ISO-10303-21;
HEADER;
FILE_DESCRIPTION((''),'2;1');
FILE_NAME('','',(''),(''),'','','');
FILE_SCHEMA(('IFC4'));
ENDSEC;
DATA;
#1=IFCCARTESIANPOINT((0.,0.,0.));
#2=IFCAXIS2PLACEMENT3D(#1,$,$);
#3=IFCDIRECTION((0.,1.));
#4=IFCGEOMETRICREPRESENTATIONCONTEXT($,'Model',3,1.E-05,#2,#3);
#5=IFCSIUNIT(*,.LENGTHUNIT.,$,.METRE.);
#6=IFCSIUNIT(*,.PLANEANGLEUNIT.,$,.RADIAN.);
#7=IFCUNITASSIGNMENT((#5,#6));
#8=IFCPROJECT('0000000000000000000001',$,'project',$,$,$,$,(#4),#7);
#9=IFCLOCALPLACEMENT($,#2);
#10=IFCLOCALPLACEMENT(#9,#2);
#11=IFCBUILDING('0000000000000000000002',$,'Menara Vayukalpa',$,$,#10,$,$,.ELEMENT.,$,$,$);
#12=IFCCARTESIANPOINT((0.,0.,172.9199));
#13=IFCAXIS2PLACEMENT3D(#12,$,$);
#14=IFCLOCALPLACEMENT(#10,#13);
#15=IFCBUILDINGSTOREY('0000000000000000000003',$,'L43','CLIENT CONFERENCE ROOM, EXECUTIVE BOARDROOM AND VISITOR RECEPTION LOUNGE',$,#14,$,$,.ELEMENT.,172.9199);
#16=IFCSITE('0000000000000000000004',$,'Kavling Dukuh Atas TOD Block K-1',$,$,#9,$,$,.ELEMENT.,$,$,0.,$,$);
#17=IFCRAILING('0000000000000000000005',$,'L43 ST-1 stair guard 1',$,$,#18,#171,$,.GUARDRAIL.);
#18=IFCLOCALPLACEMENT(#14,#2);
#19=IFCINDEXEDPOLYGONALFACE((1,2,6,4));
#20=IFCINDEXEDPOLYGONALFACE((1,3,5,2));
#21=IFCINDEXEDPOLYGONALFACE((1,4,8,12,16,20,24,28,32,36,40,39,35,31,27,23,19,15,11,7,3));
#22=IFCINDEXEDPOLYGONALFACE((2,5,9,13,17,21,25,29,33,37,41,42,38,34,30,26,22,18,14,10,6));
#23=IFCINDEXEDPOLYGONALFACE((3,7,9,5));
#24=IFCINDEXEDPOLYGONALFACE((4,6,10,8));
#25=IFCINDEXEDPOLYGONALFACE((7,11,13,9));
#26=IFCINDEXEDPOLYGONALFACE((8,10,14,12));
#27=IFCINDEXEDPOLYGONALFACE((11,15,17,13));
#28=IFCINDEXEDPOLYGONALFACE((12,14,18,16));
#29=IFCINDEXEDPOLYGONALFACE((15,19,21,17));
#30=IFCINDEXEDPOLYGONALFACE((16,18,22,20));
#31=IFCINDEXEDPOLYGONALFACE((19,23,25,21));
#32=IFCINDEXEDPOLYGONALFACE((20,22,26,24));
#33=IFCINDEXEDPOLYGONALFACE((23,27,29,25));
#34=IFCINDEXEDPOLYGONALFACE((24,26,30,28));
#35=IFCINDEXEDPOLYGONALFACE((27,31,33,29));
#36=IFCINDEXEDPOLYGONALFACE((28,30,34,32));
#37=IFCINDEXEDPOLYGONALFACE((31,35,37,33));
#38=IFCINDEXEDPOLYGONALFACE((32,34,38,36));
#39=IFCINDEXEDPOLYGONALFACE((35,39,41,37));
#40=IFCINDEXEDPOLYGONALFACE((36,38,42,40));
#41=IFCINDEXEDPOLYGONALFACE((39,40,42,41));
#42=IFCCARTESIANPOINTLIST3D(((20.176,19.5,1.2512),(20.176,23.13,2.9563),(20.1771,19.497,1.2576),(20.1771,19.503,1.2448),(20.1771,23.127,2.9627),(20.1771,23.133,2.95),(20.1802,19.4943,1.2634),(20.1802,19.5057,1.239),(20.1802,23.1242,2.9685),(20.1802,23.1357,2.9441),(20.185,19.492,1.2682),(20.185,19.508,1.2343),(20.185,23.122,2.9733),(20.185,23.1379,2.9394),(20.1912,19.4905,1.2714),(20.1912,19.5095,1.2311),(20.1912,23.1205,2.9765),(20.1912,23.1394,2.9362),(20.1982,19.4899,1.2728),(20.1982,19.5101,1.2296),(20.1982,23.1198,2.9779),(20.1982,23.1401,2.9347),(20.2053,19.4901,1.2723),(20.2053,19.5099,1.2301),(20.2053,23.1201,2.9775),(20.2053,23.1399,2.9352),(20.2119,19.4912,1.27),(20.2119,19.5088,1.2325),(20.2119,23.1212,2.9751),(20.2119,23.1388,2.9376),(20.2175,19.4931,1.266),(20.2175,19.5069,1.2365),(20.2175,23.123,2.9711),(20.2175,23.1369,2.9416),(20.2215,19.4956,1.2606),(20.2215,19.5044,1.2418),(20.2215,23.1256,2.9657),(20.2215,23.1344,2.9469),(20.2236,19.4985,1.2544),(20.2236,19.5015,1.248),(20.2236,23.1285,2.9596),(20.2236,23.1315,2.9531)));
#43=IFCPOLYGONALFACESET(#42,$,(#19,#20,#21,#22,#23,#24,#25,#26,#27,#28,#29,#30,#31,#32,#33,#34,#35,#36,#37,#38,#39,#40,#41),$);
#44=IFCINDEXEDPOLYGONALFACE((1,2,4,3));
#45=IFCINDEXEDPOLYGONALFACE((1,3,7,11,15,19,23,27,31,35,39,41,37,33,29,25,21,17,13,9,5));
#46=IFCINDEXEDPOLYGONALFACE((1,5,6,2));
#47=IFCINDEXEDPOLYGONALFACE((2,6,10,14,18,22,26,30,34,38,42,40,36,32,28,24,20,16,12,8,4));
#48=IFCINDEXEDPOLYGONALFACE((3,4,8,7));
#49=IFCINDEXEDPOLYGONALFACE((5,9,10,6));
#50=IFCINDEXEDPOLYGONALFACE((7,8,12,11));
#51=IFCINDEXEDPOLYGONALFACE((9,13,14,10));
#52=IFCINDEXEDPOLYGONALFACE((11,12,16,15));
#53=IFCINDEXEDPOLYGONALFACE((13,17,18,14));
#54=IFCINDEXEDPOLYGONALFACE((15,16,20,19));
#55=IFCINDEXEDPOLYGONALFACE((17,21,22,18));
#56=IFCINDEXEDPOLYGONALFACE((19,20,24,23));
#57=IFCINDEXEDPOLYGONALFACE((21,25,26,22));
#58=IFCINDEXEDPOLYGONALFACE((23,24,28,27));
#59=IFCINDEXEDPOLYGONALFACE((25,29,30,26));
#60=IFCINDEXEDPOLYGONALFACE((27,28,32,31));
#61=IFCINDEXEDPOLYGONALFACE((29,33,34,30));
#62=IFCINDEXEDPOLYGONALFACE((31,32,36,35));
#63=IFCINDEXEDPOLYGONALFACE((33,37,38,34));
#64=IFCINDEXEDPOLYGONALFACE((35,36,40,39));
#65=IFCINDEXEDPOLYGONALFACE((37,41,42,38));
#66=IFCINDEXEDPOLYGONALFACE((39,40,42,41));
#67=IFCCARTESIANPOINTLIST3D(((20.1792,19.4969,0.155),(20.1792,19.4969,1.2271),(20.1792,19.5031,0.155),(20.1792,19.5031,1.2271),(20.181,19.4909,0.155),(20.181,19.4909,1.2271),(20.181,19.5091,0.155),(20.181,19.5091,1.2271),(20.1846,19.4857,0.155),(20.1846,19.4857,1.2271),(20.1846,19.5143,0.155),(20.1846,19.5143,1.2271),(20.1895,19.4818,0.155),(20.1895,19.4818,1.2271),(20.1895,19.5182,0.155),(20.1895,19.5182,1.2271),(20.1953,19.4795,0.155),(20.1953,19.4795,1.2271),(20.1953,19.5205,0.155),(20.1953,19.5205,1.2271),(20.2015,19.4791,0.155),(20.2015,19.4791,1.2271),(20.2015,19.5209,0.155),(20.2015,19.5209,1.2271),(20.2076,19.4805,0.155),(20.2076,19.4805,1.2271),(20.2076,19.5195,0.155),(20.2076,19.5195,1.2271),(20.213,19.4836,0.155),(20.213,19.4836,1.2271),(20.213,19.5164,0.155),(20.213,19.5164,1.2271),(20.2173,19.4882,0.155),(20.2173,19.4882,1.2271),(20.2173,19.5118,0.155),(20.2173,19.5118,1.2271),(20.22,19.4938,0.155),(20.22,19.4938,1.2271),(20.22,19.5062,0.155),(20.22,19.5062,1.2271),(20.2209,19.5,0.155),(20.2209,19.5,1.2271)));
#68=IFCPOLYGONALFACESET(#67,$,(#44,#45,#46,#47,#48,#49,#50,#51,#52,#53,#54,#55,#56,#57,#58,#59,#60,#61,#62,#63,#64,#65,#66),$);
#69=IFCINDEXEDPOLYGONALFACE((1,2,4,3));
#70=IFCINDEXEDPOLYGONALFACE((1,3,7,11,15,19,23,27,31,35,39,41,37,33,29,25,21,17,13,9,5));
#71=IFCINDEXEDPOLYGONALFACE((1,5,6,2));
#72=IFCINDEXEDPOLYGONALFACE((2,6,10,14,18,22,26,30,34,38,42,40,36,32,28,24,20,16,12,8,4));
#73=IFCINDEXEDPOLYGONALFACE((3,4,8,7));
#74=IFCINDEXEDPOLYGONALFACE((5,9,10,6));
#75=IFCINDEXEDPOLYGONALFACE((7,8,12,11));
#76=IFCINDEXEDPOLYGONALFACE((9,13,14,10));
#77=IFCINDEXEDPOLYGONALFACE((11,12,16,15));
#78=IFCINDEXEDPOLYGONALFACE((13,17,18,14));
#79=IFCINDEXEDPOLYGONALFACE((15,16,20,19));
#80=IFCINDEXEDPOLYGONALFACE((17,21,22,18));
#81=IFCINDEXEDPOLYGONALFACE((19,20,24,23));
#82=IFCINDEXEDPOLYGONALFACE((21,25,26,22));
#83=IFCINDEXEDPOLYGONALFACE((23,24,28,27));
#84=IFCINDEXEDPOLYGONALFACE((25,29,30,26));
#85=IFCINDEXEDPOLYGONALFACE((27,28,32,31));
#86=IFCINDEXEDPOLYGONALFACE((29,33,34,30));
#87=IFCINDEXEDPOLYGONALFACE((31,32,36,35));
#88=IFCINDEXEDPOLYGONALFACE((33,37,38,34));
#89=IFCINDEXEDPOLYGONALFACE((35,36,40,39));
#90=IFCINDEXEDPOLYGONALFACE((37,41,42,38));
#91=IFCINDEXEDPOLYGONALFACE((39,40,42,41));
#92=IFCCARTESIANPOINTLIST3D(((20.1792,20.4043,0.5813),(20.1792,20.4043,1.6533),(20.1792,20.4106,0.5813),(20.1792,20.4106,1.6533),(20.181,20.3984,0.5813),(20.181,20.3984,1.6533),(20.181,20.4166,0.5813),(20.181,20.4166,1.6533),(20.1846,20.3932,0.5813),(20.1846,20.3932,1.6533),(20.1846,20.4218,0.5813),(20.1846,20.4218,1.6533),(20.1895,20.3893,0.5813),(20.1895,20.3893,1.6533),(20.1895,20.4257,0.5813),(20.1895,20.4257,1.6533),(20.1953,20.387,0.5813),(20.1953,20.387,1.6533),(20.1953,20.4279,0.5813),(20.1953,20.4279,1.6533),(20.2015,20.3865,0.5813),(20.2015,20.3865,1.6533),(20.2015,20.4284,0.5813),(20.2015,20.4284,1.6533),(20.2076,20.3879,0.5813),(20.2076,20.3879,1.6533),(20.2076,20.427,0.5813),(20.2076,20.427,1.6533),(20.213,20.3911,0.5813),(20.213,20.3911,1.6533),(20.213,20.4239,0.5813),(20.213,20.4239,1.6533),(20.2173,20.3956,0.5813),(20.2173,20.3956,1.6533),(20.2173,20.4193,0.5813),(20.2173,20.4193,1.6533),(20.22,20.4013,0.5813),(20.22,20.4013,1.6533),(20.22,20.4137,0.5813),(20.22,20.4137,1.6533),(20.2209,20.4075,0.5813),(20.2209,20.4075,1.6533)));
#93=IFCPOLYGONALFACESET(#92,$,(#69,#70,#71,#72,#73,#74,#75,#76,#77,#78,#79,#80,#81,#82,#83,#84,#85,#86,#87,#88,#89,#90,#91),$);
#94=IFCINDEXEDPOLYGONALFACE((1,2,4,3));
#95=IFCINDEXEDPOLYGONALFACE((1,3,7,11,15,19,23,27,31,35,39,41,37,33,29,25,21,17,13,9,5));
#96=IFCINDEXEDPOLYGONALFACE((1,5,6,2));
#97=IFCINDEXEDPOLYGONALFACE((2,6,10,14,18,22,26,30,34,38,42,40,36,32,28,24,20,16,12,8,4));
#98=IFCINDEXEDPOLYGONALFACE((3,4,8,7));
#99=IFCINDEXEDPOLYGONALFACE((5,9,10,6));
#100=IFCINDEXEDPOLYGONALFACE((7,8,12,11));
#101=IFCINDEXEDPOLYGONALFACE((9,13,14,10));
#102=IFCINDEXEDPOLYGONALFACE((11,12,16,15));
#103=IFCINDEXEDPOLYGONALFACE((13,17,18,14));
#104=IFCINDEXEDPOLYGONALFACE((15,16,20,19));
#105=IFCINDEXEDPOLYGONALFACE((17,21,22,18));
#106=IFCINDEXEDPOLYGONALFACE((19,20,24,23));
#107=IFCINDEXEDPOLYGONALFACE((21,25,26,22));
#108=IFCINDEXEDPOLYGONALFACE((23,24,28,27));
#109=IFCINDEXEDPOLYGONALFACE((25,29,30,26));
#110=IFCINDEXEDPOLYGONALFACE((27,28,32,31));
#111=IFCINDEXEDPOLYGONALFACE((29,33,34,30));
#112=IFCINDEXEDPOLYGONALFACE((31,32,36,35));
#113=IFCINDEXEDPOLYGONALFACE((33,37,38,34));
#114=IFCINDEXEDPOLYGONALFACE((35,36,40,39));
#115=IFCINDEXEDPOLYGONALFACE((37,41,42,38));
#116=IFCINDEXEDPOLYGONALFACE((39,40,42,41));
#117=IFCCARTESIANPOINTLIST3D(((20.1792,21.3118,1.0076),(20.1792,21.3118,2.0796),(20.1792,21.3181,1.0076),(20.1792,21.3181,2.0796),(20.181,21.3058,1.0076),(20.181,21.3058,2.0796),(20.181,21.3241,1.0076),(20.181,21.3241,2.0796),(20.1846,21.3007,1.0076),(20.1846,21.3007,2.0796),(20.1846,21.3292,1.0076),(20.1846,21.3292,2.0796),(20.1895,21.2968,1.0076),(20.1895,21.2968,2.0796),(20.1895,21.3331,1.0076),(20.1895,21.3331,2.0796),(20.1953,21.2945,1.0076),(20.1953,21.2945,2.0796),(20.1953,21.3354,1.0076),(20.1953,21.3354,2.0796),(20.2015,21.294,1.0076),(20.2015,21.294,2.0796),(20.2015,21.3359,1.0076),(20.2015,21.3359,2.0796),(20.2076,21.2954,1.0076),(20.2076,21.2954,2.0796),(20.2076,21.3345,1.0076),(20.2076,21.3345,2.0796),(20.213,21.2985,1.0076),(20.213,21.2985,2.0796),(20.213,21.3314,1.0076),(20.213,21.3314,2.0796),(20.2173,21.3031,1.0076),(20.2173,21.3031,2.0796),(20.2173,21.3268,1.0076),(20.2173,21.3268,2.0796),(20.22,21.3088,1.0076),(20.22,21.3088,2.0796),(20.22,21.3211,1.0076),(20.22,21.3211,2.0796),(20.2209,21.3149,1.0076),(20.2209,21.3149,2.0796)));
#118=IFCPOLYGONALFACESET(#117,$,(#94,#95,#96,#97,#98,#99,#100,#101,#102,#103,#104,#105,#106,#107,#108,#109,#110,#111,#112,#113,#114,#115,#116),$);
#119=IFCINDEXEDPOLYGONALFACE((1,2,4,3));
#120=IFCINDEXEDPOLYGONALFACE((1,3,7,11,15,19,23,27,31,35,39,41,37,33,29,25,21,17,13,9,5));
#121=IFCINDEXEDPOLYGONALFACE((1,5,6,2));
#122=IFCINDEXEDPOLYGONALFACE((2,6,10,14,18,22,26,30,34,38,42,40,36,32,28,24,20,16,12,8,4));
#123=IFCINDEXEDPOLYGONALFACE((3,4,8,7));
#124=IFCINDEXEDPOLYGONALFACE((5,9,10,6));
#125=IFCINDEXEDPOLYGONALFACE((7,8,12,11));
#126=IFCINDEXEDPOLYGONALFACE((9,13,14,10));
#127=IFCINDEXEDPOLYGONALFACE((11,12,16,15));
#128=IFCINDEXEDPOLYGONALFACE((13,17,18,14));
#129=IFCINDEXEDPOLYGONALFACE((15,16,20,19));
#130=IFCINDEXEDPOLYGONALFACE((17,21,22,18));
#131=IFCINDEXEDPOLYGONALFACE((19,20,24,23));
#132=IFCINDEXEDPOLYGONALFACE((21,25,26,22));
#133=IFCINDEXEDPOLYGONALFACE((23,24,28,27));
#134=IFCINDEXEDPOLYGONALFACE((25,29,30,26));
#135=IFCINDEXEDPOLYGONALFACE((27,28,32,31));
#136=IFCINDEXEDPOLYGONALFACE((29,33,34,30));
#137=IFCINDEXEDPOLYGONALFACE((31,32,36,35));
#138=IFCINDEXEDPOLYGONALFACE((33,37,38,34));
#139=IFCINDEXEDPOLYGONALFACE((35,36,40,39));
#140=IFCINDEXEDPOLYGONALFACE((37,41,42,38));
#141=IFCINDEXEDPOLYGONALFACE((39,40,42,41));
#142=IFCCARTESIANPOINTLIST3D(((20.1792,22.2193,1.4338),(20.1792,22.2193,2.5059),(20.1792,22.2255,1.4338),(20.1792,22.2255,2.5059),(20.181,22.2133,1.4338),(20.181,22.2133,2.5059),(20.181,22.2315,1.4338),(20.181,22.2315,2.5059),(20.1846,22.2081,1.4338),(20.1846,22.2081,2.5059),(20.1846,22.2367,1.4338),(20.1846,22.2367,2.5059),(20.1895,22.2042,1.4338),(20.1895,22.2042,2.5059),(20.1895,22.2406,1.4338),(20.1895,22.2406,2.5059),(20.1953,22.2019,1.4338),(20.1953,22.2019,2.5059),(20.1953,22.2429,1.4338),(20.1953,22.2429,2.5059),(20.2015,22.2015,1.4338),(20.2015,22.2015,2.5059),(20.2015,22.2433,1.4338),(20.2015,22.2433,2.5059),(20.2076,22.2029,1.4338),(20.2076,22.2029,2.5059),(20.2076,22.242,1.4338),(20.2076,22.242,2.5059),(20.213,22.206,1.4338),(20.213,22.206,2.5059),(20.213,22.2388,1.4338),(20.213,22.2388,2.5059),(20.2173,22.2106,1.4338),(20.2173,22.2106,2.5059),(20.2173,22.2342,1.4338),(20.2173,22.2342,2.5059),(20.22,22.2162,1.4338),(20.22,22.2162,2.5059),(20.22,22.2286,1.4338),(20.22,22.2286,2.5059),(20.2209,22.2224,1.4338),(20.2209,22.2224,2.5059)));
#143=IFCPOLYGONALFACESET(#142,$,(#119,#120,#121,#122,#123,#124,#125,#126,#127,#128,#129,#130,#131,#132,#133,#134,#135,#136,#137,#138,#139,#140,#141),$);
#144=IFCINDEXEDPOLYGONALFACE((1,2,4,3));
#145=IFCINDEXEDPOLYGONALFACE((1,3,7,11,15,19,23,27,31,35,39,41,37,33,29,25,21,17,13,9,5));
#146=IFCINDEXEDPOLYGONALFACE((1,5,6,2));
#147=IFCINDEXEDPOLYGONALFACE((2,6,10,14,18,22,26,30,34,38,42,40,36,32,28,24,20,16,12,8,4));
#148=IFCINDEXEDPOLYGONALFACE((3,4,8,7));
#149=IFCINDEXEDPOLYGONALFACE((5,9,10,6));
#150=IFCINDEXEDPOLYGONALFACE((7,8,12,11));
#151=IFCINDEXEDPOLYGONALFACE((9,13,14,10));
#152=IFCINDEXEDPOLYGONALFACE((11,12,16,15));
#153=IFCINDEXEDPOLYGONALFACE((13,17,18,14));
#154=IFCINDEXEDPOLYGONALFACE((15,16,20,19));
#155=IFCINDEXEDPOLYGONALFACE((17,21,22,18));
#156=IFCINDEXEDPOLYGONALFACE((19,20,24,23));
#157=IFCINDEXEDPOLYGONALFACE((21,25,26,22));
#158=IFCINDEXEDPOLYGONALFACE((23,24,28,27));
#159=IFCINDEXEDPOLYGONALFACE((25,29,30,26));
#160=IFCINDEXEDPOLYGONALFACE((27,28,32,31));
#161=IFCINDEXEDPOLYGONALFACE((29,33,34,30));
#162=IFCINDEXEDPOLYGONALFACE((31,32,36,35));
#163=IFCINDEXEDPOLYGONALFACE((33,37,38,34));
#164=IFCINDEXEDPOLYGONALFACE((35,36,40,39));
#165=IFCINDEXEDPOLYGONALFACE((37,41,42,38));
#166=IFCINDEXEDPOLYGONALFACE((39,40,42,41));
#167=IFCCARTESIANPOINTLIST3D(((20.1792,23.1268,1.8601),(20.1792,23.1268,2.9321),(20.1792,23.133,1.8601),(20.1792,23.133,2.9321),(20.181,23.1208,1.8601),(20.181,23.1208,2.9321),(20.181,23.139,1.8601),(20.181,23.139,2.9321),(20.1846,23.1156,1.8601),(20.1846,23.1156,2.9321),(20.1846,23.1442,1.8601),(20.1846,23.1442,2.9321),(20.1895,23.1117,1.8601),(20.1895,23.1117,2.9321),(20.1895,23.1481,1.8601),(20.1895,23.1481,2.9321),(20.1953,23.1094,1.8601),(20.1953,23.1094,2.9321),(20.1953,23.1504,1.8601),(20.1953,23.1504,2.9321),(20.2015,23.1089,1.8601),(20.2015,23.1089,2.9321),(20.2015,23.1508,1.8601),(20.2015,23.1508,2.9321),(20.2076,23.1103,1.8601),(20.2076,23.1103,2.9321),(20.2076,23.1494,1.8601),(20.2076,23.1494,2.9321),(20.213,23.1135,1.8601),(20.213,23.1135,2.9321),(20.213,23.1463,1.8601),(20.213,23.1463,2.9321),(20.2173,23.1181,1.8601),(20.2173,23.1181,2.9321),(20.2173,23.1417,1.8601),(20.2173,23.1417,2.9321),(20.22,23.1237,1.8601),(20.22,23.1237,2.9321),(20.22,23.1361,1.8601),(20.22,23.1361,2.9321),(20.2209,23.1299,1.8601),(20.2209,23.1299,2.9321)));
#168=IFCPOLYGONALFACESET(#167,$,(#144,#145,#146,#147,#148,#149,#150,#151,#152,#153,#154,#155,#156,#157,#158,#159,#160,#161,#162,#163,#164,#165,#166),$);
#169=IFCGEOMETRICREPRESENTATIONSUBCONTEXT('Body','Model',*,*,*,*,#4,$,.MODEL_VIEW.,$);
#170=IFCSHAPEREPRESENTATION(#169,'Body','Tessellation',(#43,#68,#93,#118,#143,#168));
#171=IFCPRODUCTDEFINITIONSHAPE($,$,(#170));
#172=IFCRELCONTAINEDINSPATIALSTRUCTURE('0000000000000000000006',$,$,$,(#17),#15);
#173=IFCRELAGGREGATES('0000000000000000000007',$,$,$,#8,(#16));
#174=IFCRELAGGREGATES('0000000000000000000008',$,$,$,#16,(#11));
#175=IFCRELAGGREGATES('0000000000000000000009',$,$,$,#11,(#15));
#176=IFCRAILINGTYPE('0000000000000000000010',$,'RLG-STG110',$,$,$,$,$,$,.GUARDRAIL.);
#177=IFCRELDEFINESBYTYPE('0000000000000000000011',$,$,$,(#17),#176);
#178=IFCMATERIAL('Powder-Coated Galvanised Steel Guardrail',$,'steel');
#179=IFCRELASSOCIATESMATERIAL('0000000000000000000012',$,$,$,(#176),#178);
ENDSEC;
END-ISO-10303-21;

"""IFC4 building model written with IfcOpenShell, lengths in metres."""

from ifc_helpers import new_model, si_unit, direction, frame, origin, origin_2d, place, context, subcontext, project, spatial, circle, extrude, material, type_object, element, save


model = new_model("IFC4")

# Units and contexts
model_context = context("Model", 3, precision=1e-05, world=origin(), true_north=direction((0.0, 1.0)))
body_context = subcontext(model_context, "Body", "Model", "MODEL_VIEW")
ifc_project = project(units=[si_unit("LENGTHUNIT", "METRE"), si_unit("PLANEANGLEUNIT", "RADIAN")], contexts=[model_context])

# Site, building, storey
site_placement = place(None, origin())
site = spatial("IfcSite", under=ifc_project, at=site_placement, Name="Kavling Dukuh Atas TOD Block K-1", CompositionType="ELEMENT", RefElevation=0.0)
building_placement = place(site_placement, origin())
building = spatial("IfcBuilding", under=site, at=building_placement, Name="Menara Vayukalpa", CompositionType="ELEMENT")
storey_placement = place(building_placement, frame((0.0, 0.0, 172.9199)))
storey = spatial("IfcBuildingStorey", under=building, at=storey_placement, Name="L43", Description="CLIENT CONFERENCE ROOM, EXECUTIVE BOARDROOM AND VISITOR RECEPTION LOUNGE", CompositionType="ELEMENT", Elevation=172.9199)

# Railing
ifc_material_1 = material(Name="Powder-Coated Galvanised Steel Guardrail", Category="steel")
railing_type = type_object("IfcRailingType", Name="RLG-STG110", PredefinedType="GUARDRAIL", material=ifc_material_1)
railing_1_placement = place(storey_placement, frame((20.2, 19.5, 0.155)))
element("IfcRailing", 1, at=railing_1_placement, inside=storey, type_object=railing_type, Name="L43 ST-1 stair guard 1", PredefinedType="GUARDRAIL", context=body_context, shape_type="SweptSolid", body=[
    extrude(circle(Radius=0.0239, at=origin_2d()), frame((0.0, 0.0, 1.0962), z_axis=(0.0, 0.905116, 0.425164), x_axis=(-1.0, 0.0, 0.0)), (0.0, 0.0, 1.0), 4.0105),
    extrude(circle(Radius=0.021, at=origin_2d()), origin(), (0.0, 0.0, 1.0), 1.072),
    extrude(circle(Radius=0.021, at=origin_2d()), frame((0.0, 0.9075, 0.4263)), (0.0, 0.0, 1.0), 1.072),
    extrude(circle(Radius=0.021, at=origin_2d()), frame((0.0, 1.8149, 0.8525)), (0.0, 0.0, 1.0), 1.072),
    extrude(circle(Radius=0.021, at=origin_2d()), frame((0.0, 2.7224, 1.2788)), (0.0, 0.0, 1.0), 1.072),
    extrude(circle(Radius=0.021, at=origin_2d()), frame((0.0, 3.6299, 1.7051)), (0.0, 0.0, 1.0), 1.072),
])

save(model, "model.ifc")
